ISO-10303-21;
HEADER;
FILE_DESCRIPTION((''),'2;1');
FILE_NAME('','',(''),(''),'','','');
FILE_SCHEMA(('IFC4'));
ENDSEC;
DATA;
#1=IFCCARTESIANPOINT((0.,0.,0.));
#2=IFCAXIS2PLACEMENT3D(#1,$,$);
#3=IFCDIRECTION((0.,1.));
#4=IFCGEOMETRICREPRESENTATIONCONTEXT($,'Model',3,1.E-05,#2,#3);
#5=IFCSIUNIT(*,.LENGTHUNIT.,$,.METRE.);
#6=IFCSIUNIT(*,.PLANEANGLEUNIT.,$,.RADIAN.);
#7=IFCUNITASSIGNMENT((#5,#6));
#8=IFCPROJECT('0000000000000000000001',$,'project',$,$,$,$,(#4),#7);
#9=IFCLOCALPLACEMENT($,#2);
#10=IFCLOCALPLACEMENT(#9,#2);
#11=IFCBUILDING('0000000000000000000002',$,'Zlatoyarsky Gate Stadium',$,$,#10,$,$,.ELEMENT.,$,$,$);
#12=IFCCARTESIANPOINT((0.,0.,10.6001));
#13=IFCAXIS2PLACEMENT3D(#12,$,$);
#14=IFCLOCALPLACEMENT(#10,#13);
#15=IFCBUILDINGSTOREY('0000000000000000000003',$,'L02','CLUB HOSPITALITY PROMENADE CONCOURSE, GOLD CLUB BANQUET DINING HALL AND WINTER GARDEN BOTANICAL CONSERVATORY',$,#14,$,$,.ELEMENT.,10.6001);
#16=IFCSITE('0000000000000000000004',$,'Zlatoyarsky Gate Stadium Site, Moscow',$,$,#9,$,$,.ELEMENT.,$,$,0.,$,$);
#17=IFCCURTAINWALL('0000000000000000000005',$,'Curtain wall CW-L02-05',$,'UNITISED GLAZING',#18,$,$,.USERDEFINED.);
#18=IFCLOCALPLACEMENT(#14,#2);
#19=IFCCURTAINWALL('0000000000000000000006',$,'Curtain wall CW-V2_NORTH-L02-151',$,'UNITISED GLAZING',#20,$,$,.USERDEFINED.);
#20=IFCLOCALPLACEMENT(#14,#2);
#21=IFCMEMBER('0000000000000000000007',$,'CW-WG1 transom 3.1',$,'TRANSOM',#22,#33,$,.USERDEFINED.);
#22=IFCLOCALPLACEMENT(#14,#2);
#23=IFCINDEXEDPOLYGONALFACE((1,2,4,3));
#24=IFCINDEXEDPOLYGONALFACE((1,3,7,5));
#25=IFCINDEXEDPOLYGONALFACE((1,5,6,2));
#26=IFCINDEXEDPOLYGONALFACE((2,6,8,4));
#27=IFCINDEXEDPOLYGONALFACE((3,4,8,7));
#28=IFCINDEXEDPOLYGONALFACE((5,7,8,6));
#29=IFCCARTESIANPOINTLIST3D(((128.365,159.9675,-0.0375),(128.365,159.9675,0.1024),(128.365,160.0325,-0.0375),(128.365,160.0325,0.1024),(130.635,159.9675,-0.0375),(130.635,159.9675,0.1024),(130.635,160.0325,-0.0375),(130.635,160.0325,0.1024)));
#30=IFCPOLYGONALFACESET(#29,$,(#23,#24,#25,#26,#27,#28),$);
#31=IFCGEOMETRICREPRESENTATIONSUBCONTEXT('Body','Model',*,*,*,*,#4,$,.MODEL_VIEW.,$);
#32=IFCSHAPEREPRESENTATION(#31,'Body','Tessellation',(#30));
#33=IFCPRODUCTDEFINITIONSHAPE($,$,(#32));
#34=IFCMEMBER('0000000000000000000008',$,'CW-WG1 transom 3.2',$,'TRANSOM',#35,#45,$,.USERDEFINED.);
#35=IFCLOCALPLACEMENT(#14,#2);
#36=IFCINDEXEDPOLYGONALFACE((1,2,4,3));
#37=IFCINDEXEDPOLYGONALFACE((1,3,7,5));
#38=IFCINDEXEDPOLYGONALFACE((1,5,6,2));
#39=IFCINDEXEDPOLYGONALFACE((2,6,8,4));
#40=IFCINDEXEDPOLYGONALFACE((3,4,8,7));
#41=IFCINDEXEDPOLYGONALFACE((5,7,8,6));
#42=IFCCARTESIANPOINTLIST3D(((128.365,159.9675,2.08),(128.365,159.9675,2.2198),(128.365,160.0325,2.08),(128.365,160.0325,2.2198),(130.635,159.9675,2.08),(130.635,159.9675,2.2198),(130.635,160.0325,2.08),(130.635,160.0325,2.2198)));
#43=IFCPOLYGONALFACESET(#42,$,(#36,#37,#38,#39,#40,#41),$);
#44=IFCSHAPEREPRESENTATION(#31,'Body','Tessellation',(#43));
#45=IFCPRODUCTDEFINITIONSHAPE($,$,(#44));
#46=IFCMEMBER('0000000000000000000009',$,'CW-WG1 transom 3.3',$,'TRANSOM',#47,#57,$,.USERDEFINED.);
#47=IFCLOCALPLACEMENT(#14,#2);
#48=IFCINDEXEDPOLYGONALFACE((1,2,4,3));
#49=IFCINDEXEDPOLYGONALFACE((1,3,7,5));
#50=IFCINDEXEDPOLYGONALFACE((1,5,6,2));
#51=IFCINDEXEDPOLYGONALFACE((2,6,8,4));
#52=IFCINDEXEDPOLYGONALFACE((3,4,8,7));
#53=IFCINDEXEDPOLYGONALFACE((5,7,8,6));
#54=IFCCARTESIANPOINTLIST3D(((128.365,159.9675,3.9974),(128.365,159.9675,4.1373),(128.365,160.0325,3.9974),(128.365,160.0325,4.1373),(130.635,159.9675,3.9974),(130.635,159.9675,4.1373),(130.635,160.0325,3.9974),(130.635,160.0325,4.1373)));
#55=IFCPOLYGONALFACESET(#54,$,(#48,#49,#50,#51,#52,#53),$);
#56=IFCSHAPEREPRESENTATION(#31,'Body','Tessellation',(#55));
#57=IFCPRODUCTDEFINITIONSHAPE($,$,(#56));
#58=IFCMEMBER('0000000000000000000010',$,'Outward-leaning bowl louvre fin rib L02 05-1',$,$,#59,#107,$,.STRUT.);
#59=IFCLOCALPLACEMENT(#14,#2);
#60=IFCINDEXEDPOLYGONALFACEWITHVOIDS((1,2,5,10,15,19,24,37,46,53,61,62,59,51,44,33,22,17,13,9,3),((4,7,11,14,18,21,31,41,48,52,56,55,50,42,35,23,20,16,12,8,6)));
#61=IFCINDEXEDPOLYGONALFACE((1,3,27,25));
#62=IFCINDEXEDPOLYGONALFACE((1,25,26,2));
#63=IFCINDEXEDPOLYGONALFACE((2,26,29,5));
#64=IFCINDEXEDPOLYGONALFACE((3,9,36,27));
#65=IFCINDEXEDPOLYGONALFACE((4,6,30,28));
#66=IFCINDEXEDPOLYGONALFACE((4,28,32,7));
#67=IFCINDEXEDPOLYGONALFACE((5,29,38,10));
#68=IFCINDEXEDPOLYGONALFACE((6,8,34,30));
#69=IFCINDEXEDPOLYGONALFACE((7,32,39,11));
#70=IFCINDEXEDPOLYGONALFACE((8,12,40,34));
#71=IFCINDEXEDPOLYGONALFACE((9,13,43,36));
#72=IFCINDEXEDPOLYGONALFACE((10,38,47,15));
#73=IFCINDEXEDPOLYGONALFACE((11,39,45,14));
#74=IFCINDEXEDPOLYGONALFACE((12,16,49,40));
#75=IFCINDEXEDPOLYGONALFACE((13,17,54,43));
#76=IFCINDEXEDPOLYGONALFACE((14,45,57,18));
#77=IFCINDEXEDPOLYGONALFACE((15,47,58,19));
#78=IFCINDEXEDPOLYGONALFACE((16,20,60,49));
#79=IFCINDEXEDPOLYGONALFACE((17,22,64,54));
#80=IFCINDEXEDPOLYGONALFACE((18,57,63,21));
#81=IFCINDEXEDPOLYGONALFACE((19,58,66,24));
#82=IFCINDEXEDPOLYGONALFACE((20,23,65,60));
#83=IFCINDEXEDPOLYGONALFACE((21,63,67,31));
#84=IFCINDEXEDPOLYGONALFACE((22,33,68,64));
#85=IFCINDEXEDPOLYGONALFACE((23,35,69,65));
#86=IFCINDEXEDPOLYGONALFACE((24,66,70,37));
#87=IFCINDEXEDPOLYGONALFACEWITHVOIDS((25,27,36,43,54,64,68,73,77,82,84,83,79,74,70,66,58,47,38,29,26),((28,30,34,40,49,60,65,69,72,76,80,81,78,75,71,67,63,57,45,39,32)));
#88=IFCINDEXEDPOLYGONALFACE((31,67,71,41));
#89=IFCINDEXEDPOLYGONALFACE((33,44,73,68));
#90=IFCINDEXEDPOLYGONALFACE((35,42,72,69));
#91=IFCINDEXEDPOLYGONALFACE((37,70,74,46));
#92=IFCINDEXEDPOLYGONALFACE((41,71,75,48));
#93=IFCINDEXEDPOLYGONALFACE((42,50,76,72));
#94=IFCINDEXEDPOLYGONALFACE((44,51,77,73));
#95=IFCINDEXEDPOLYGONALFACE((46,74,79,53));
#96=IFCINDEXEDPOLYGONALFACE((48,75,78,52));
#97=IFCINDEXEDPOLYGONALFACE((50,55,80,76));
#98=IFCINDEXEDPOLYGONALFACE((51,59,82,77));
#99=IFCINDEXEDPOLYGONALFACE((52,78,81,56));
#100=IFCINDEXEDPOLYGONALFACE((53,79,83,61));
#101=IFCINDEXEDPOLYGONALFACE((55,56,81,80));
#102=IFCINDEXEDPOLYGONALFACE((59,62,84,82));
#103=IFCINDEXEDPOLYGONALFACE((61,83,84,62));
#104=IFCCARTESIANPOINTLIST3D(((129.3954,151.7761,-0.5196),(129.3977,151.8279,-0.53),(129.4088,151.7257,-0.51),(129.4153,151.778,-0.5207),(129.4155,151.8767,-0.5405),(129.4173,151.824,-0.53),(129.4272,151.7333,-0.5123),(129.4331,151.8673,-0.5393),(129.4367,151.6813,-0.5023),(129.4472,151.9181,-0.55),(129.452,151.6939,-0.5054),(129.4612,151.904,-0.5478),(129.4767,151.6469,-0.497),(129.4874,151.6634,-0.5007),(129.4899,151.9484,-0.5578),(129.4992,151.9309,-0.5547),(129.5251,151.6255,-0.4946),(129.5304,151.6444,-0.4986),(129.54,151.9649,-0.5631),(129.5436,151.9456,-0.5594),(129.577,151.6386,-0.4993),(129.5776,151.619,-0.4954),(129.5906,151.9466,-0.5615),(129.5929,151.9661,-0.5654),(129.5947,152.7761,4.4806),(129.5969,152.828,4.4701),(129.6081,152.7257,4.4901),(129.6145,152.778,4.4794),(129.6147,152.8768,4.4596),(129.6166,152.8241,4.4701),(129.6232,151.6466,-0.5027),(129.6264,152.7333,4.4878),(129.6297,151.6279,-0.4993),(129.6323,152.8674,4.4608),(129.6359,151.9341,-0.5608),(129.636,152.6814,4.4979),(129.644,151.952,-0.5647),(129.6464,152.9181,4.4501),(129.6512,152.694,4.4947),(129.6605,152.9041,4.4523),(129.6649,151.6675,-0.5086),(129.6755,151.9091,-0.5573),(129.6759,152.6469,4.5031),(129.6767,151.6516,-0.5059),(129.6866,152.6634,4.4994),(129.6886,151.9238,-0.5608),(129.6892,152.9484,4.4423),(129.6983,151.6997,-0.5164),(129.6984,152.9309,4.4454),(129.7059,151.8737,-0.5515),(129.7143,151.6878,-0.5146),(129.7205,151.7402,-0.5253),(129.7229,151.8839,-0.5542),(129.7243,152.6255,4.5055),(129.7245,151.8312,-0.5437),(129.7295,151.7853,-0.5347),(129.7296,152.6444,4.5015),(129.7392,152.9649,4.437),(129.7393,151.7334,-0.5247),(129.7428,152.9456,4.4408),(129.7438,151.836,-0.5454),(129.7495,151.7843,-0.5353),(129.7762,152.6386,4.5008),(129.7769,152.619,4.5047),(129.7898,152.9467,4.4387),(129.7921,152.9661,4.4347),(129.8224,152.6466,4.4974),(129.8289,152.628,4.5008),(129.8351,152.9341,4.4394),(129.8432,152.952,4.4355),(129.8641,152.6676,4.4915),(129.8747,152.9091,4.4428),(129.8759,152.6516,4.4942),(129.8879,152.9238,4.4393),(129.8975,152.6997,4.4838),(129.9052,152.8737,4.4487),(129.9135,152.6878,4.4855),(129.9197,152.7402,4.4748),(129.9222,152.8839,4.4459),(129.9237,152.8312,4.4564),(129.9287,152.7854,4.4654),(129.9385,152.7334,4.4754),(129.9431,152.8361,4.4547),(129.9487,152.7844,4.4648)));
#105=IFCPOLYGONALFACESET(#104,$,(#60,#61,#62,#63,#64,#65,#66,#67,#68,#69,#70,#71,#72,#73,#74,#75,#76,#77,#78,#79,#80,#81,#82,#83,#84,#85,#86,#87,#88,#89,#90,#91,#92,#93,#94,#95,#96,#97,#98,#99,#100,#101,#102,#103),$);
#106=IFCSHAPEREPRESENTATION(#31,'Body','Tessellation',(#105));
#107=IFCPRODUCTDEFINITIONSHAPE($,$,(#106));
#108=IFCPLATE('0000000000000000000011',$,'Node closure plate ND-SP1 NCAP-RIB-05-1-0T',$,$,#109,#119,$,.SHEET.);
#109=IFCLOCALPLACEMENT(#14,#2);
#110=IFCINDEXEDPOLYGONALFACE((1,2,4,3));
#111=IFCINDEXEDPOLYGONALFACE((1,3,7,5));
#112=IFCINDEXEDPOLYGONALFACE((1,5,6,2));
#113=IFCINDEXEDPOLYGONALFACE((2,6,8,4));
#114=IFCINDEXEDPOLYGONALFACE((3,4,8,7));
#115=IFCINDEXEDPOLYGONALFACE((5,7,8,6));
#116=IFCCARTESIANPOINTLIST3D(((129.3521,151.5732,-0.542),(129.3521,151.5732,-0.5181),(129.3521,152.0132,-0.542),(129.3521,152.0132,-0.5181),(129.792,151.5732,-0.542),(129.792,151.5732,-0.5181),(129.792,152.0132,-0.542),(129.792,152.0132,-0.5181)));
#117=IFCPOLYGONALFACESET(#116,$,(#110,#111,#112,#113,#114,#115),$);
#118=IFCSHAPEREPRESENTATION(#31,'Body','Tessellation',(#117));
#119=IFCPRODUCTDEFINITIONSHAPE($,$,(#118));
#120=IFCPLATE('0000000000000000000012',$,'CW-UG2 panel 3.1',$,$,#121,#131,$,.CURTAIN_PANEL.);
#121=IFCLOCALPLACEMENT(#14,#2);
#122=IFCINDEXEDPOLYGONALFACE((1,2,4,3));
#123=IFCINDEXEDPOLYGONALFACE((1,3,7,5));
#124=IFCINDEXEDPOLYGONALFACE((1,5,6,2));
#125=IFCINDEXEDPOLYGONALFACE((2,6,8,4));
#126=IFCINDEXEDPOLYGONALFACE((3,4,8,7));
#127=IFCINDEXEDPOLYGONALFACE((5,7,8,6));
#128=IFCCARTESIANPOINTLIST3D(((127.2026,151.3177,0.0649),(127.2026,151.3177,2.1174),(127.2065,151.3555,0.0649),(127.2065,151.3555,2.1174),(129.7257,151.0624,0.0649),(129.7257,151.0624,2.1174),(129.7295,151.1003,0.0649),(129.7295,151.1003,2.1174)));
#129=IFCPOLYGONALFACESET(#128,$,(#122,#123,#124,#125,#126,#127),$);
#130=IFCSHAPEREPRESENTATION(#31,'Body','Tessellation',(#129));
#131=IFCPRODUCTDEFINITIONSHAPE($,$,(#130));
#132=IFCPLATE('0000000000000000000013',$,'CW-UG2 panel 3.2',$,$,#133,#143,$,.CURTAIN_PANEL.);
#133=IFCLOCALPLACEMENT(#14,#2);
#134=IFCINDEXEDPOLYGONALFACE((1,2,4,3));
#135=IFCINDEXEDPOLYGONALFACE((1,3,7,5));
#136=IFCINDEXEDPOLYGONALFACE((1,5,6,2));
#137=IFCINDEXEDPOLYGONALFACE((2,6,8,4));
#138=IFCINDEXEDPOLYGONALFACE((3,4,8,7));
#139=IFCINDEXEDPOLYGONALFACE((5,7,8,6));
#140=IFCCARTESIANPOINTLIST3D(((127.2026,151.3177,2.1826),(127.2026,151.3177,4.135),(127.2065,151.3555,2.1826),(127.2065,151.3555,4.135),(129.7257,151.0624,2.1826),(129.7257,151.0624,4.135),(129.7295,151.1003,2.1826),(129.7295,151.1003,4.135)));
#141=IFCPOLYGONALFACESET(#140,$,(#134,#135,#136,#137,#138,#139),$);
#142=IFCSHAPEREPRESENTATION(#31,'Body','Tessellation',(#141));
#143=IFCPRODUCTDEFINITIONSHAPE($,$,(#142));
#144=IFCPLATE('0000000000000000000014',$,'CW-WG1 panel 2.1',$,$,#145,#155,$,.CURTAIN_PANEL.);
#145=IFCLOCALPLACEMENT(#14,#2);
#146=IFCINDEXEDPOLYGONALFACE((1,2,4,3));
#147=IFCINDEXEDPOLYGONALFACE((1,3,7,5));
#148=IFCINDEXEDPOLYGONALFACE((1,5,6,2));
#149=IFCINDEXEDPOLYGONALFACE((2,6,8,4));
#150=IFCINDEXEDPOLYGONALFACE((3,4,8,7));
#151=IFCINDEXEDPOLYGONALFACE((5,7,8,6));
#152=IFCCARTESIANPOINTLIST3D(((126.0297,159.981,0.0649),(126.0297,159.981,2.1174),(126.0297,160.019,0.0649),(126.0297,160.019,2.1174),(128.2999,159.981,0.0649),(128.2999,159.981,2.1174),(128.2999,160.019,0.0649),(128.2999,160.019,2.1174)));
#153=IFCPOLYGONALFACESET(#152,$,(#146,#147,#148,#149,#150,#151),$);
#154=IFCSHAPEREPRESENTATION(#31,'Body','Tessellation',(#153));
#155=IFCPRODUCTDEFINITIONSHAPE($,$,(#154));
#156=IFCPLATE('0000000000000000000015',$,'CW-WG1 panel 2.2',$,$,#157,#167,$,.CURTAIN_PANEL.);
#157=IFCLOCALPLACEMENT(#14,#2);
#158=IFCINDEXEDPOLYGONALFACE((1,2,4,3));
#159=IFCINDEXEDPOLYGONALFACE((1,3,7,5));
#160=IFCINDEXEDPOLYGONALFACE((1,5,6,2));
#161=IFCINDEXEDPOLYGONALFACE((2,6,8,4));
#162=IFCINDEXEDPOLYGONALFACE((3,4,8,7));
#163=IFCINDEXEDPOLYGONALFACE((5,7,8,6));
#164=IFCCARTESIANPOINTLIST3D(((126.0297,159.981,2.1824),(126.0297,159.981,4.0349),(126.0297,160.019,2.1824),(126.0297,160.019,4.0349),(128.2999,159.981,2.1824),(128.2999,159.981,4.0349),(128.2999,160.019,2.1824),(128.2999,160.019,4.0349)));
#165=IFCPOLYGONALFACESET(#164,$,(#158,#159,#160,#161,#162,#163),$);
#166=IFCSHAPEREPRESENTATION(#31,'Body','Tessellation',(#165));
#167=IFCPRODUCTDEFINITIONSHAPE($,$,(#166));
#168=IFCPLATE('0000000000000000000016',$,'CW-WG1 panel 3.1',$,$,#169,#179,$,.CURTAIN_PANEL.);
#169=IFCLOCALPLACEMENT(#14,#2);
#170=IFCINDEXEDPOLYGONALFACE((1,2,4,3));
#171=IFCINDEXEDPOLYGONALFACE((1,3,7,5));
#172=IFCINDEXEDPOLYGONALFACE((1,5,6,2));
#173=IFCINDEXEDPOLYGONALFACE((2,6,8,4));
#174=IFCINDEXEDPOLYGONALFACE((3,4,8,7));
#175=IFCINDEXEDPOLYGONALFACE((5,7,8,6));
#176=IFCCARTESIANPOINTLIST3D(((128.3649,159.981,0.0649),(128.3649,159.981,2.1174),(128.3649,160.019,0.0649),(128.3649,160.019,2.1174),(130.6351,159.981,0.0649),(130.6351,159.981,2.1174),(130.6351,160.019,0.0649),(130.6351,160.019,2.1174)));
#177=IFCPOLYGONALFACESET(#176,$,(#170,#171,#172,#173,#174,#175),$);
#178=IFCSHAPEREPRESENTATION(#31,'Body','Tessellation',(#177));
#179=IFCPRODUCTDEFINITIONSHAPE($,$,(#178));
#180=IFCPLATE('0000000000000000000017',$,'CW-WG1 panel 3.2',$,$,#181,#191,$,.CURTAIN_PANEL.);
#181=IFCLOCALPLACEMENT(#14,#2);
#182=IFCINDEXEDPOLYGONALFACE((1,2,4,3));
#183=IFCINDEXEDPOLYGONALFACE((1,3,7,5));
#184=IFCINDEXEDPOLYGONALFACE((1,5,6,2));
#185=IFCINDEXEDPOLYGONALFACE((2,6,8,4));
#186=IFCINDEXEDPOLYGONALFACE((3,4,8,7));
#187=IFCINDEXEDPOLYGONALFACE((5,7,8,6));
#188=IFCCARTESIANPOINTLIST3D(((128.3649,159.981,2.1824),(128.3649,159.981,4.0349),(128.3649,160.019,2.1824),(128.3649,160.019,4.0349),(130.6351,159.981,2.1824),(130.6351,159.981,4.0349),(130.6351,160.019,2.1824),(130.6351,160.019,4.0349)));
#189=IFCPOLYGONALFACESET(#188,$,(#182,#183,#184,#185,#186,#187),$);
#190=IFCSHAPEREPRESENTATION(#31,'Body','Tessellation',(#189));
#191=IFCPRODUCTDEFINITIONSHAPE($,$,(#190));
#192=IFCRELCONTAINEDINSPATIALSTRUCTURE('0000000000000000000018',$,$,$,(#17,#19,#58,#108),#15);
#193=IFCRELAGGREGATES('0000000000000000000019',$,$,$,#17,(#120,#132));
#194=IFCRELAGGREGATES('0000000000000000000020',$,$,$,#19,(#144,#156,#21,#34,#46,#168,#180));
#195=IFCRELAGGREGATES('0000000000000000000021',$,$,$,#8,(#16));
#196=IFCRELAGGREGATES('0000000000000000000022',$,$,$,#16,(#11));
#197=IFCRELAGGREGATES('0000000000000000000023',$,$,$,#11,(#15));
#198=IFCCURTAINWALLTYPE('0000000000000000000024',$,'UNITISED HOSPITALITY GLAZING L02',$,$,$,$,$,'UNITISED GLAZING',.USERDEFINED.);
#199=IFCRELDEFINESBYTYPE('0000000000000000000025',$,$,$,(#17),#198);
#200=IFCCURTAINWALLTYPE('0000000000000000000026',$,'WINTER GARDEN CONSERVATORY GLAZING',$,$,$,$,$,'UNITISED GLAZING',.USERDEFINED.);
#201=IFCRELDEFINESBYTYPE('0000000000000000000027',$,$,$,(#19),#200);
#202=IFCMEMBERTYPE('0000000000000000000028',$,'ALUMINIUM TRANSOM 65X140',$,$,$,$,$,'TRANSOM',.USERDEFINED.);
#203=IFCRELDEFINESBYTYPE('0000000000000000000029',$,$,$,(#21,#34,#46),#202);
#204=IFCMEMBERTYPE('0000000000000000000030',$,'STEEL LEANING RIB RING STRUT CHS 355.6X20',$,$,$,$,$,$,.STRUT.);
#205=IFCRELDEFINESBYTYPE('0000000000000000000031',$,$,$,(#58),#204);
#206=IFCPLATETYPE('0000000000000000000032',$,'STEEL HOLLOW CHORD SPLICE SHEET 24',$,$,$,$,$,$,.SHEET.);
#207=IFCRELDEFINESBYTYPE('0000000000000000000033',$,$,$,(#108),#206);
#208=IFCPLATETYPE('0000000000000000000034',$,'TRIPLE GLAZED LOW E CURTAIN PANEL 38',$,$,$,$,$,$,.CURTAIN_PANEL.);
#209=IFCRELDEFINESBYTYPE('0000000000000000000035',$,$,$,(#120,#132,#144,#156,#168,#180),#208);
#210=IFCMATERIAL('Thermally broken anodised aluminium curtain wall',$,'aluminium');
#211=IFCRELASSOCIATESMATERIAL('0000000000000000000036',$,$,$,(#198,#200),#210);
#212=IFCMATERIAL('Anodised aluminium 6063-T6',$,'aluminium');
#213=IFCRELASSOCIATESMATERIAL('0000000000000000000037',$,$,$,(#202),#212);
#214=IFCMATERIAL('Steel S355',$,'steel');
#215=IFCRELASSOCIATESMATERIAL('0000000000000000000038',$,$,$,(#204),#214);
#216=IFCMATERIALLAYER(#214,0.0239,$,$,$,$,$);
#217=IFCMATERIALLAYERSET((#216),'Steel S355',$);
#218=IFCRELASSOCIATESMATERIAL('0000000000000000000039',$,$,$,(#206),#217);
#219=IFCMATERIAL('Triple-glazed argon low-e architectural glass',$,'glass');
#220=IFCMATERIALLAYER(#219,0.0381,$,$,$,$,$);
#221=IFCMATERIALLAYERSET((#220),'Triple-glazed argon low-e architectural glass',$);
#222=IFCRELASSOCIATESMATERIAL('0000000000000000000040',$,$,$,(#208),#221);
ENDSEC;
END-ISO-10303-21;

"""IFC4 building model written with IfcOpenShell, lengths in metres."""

from ifc_helpers import new_model, si_unit, direction, frame, origin, origin_2d, place, context, subcontext, project, spatial, rectangle, hollow_circle, extrude, material, layer, layer_set, material_profile, profile_set, type_object, element, aggregate, save


model = new_model("IFC4")

# Units and contexts
model_context = context("Model", 3, precision=1e-05, world=origin(), true_north=direction((0.0, 1.0)))
body_context = subcontext(model_context, "Body", "Model", "MODEL_VIEW")
ifc_project = project(units=[si_unit("LENGTHUNIT", "METRE"), si_unit("PLANEANGLEUNIT", "RADIAN")], contexts=[model_context])

# Site, building, storey
site_placement = place(None, origin())
site = spatial("IfcSite", under=ifc_project, at=site_placement, Name="Zlatoyarsky Gate Stadium Site, Moscow", CompositionType="ELEMENT", RefElevation=0.0)
building_placement = place(site_placement, origin())
building = spatial("IfcBuilding", under=site, at=building_placement, Name="Zlatoyarsky Gate Stadium", CompositionType="ELEMENT")
storey_placement = place(building_placement, frame((0.0, 0.0, 10.6001)))
storey = spatial("IfcBuildingStorey", under=building, at=storey_placement, Name="L02", Description="CLUB HOSPITALITY PROMENADE CONCOURSE, GOLD CLUB BANQUET DINING HALL AND WINTER GARDEN BOTANICAL CONSERVATORY", CompositionType="ELEMENT", Elevation=10.6001)

# Curtain walls
ifc_material_1 = material(Name="Thermally broken anodised aluminium curtain wall", Category="aluminium")
curtain_wall_type_1 = type_object("IfcCurtainWallType", Name="UNITISED HOSPITALITY GLAZING L02", ElementType="UNITISED GLAZING", PredefinedType="USERDEFINED", material=ifc_material_1)
curtain_wall_1_placement = place(storey_placement, origin())
curtain_wall_1 = element("IfcCurtainWall", 1, at=curtain_wall_1_placement, inside=storey, type_object=curtain_wall_type_1, Name="Curtain wall CW-L02-05", ObjectType="UNITISED GLAZING", PredefinedType="USERDEFINED")
ifc_material_2 = material(Name="Anodised aluminium 6063-T6", Category="aluminium")
curtain_wall_type_2 = type_object("IfcCurtainWallType", Name="WINTER GARDEN CONSERVATORY GLAZING", ElementType="UNITISED GLAZING", PredefinedType="USERDEFINED", material=ifc_material_1)
curtain_wall_2_placement = place(storey_placement, origin())
curtain_wall_2 = element("IfcCurtainWall", 2, at=curtain_wall_2_placement, inside=storey, type_object=curtain_wall_type_2, Name="Curtain wall CW-V2_NORTH-L02-151", ObjectType="UNITISED GLAZING", PredefinedType="USERDEFINED")

# Members
ifc_material_profile_1 = material_profile(ifc_material_2, rectangle(XDim=0.0649, YDim=0.1399, at=origin_2d()), Name="ALU 65X140")
ifc_profile_set_1 = profile_set([ifc_material_profile_1], Name="Anodised aluminium 6063-T6")
member_type_1 = type_object("IfcMemberType", Name="ALUMINIUM TRANSOM 65X140", ElementType="TRANSOM", PredefinedType="USERDEFINED", material=ifc_profile_set_1)
member_1_placement = place(storey_placement, frame((128.365, 160.0, 0.0325), z_axis=(1.0, 0.0, 0.0), x_axis=(0.0, 1.0, 0.0)))
member_1 = element("IfcMember", 3, at=member_1_placement, type_object=member_type_1, Name="CW-WG1 transom 3.1", ObjectType="TRANSOM", PredefinedType="USERDEFINED", context=body_context, shape_type="SweptSolid", body=[
    extrude(rectangle(XDim=0.0649, YDim=0.1399, at=origin_2d()), origin(), (0.0, 0.0, 1.0), 2.27),
])
member_2_placement = place(storey_placement, frame((128.365, 160.0, 2.1499), z_axis=(1.0, 0.0, 0.0), x_axis=(0.0, 1.0, 0.0)))
member_2 = element("IfcMember", 4, at=member_2_placement, type_object=member_type_1, Name="CW-WG1 transom 3.2", ObjectType="TRANSOM", PredefinedType="USERDEFINED", context=body_context, shape_type="SweptSolid", body=[
    extrude(rectangle(XDim=0.0649, YDim=0.1399, at=origin_2d()), origin(), (0.0, 0.0, 1.0), 2.27),
])
member_3_placement = place(storey_placement, frame((128.365, 160.0, 4.0674), z_axis=(1.0, 0.0, 0.0), x_axis=(0.0, 1.0, 0.0)))
member_3 = element("IfcMember", 5, at=member_3_placement, type_object=member_type_1, Name="CW-WG1 transom 3.3", ObjectType="TRANSOM", PredefinedType="USERDEFINED", context=body_context, shape_type="SweptSolid", body=[
    extrude(rectangle(XDim=0.0649, YDim=0.1399, at=origin_2d()), origin(), (0.0, 0.0, 1.0), 2.27),
])
ifc_material_3 = material(Name="Steel S355", Category="steel")
ifc_material_profile_2 = material_profile(ifc_material_3, hollow_circle(Radius=0.1777, WallThickness=0.02, at=origin_2d()), Name="CHS 355.6X20")
ifc_profile_set_2 = profile_set([ifc_material_profile_2], Name="Steel S355")
member_type_2 = type_object("IfcMemberType", Name="STEEL LEANING RIB RING STRUT CHS 355.6X20", PredefinedType="STRUT", material=ifc_profile_set_2)
member_4_placement = place(storey_placement, frame((129.572, 151.7932, -0.53), z_axis=(0.03904, 0.195967, 0.979833), x_axis=(-0.980728, 0.195379, 0.0)))
element("IfcMember", 6, at=member_4_placement, inside=storey, type_object=member_type_2, Name="Outward-leaning bowl louvre fin rib L02 05-1", PredefinedType="STRUT", context=body_context, shape_type="SweptSolid", body=[
    extrude(hollow_circle(Radius=0.1777, WallThickness=0.02, at=origin_2d()), origin(), (0.0, 0.0, 1.0), 5.103),
])

# Plates
ifc_layer_1 = layer(ifc_material_3, 0.0239)
ifc_layer_set_1 = layer_set([ifc_layer_1], Name="Steel S355")
plate_type_1 = type_object("IfcPlateType", Name="STEEL HOLLOW CHORD SPLICE SHEET 24", PredefinedType="SHEET", material=ifc_layer_set_1)
plate_1_placement = place(storey_placement, frame((129.572, 151.7932, -0.542), z_axis=(0.0, 0.0, 1.0), x_axis=(1.0, 0.0, 0.0)))
element("IfcPlate", 7, at=plate_1_placement, inside=storey, type_object=plate_type_1, Name="Node closure plate ND-SP1 NCAP-RIB-05-1-0T", PredefinedType="SHEET", context=body_context, shape_type="SweptSolid", body=[
    extrude(rectangle(XDim=0.4399, YDim=0.4399, at=origin_2d()), origin(), (0.0, 0.0, 1.0), 0.0239),
])
ifc_material_4 = material(Name="Triple-glazed argon low-e architectural glass", Category="glass")
ifc_layer_2 = layer(ifc_material_4, 0.0381)
ifc_layer_set_2 = layer_set([ifc_layer_2], Name="Triple-glazed argon low-e architectural glass")
plate_type_2 = type_object("IfcPlateType", Name="TRIPLE GLAZED LOW E CURTAIN PANEL 38", PredefinedType="CURTAIN_PANEL", material=ifc_layer_set_2)
plate_2_placement = place(storey_placement, frame((128.4661, 151.209, 0.0649), z_axis=(0.0, 0.0, 1.0), x_axis=(-0.994922, 0.100645, 0.0)))
plate_2 = element("IfcPlate", 8, at=plate_2_placement, type_object=plate_type_2, Name="CW-UG2 panel 3.1", PredefinedType="CURTAIN_PANEL", context=body_context, shape_type="SweptSolid", body=[
    extrude(rectangle(XDim=2.5359, YDim=0.0381, at=origin_2d()), origin(), (0.0, 0.0, 1.0), 2.0525),
])
plate_3_placement = place(storey_placement, frame((128.4661, 151.209, 2.1826), z_axis=(0.0, 0.0, 1.0), x_axis=(-0.994922, 0.100645, 0.0)))
plate_3 = element("IfcPlate", 9, at=plate_3_placement, type_object=plate_type_2, Name="CW-UG2 panel 3.2", PredefinedType="CURTAIN_PANEL", context=body_context, shape_type="SweptSolid", body=[
    extrude(rectangle(XDim=2.5359, YDim=0.0381, at=origin_2d()), origin(), (0.0, 0.0, 1.0), 1.9524),
])
aggregate(curtain_wall_1, [plate_2, plate_3])
plate_4_placement = place(storey_placement, frame((127.1648, 160.0, 0.0649), z_axis=(0.0, 0.0, 1.0), x_axis=(1.0, 0.0, 0.0)))
plate_4 = element("IfcPlate", 10, at=plate_4_placement, type_object=plate_type_2, Name="CW-WG1 panel 2.1", PredefinedType="CURTAIN_PANEL", context=body_context, shape_type="SweptSolid", body=[
    extrude(rectangle(XDim=2.2703, YDim=0.0381, at=origin_2d()), origin(), (0.0, 0.0, 1.0), 2.0525),
])
plate_5_placement = place(storey_placement, frame((127.1648, 160.0, 2.1824), z_axis=(0.0, 0.0, 1.0), x_axis=(1.0, 0.0, 0.0)))
plate_5 = element("IfcPlate", 11, at=plate_5_placement, type_object=plate_type_2, Name="CW-WG1 panel 2.2", PredefinedType="CURTAIN_PANEL", context=body_context, shape_type="SweptSolid", body=[
    extrude(rectangle(XDim=2.2703, YDim=0.0381, at=origin_2d()), origin(), (0.0, 0.0, 1.0), 1.8525),
])
plate_6_placement = place(storey_placement, frame((129.5, 160.0, 0.0649), z_axis=(0.0, 0.0, 1.0), x_axis=(1.0, 0.0, 0.0)))
plate_6 = element("IfcPlate", 12, at=plate_6_placement, type_object=plate_type_2, Name="CW-WG1 panel 3.1", PredefinedType="CURTAIN_PANEL", context=body_context, shape_type="SweptSolid", body=[
    extrude(rectangle(XDim=2.2703, YDim=0.0381, at=origin_2d()), origin(), (0.0, 0.0, 1.0), 2.0525),
])
plate_7_placement = place(storey_placement, frame((129.5, 160.0, 2.1824), z_axis=(0.0, 0.0, 1.0), x_axis=(1.0, 0.0, 0.0)))
plate_7 = element("IfcPlate", 13, at=plate_7_placement, type_object=plate_type_2, Name="CW-WG1 panel 3.2", PredefinedType="CURTAIN_PANEL", context=body_context, shape_type="SweptSolid", body=[
    extrude(rectangle(XDim=2.2703, YDim=0.0381, at=origin_2d()), origin(), (0.0, 0.0, 1.0), 1.8525),
])
aggregate(curtain_wall_2, [plate_4, plate_5, member_1, member_2, member_3, plate_6, plate_7])

save(model, "model.ifc")
